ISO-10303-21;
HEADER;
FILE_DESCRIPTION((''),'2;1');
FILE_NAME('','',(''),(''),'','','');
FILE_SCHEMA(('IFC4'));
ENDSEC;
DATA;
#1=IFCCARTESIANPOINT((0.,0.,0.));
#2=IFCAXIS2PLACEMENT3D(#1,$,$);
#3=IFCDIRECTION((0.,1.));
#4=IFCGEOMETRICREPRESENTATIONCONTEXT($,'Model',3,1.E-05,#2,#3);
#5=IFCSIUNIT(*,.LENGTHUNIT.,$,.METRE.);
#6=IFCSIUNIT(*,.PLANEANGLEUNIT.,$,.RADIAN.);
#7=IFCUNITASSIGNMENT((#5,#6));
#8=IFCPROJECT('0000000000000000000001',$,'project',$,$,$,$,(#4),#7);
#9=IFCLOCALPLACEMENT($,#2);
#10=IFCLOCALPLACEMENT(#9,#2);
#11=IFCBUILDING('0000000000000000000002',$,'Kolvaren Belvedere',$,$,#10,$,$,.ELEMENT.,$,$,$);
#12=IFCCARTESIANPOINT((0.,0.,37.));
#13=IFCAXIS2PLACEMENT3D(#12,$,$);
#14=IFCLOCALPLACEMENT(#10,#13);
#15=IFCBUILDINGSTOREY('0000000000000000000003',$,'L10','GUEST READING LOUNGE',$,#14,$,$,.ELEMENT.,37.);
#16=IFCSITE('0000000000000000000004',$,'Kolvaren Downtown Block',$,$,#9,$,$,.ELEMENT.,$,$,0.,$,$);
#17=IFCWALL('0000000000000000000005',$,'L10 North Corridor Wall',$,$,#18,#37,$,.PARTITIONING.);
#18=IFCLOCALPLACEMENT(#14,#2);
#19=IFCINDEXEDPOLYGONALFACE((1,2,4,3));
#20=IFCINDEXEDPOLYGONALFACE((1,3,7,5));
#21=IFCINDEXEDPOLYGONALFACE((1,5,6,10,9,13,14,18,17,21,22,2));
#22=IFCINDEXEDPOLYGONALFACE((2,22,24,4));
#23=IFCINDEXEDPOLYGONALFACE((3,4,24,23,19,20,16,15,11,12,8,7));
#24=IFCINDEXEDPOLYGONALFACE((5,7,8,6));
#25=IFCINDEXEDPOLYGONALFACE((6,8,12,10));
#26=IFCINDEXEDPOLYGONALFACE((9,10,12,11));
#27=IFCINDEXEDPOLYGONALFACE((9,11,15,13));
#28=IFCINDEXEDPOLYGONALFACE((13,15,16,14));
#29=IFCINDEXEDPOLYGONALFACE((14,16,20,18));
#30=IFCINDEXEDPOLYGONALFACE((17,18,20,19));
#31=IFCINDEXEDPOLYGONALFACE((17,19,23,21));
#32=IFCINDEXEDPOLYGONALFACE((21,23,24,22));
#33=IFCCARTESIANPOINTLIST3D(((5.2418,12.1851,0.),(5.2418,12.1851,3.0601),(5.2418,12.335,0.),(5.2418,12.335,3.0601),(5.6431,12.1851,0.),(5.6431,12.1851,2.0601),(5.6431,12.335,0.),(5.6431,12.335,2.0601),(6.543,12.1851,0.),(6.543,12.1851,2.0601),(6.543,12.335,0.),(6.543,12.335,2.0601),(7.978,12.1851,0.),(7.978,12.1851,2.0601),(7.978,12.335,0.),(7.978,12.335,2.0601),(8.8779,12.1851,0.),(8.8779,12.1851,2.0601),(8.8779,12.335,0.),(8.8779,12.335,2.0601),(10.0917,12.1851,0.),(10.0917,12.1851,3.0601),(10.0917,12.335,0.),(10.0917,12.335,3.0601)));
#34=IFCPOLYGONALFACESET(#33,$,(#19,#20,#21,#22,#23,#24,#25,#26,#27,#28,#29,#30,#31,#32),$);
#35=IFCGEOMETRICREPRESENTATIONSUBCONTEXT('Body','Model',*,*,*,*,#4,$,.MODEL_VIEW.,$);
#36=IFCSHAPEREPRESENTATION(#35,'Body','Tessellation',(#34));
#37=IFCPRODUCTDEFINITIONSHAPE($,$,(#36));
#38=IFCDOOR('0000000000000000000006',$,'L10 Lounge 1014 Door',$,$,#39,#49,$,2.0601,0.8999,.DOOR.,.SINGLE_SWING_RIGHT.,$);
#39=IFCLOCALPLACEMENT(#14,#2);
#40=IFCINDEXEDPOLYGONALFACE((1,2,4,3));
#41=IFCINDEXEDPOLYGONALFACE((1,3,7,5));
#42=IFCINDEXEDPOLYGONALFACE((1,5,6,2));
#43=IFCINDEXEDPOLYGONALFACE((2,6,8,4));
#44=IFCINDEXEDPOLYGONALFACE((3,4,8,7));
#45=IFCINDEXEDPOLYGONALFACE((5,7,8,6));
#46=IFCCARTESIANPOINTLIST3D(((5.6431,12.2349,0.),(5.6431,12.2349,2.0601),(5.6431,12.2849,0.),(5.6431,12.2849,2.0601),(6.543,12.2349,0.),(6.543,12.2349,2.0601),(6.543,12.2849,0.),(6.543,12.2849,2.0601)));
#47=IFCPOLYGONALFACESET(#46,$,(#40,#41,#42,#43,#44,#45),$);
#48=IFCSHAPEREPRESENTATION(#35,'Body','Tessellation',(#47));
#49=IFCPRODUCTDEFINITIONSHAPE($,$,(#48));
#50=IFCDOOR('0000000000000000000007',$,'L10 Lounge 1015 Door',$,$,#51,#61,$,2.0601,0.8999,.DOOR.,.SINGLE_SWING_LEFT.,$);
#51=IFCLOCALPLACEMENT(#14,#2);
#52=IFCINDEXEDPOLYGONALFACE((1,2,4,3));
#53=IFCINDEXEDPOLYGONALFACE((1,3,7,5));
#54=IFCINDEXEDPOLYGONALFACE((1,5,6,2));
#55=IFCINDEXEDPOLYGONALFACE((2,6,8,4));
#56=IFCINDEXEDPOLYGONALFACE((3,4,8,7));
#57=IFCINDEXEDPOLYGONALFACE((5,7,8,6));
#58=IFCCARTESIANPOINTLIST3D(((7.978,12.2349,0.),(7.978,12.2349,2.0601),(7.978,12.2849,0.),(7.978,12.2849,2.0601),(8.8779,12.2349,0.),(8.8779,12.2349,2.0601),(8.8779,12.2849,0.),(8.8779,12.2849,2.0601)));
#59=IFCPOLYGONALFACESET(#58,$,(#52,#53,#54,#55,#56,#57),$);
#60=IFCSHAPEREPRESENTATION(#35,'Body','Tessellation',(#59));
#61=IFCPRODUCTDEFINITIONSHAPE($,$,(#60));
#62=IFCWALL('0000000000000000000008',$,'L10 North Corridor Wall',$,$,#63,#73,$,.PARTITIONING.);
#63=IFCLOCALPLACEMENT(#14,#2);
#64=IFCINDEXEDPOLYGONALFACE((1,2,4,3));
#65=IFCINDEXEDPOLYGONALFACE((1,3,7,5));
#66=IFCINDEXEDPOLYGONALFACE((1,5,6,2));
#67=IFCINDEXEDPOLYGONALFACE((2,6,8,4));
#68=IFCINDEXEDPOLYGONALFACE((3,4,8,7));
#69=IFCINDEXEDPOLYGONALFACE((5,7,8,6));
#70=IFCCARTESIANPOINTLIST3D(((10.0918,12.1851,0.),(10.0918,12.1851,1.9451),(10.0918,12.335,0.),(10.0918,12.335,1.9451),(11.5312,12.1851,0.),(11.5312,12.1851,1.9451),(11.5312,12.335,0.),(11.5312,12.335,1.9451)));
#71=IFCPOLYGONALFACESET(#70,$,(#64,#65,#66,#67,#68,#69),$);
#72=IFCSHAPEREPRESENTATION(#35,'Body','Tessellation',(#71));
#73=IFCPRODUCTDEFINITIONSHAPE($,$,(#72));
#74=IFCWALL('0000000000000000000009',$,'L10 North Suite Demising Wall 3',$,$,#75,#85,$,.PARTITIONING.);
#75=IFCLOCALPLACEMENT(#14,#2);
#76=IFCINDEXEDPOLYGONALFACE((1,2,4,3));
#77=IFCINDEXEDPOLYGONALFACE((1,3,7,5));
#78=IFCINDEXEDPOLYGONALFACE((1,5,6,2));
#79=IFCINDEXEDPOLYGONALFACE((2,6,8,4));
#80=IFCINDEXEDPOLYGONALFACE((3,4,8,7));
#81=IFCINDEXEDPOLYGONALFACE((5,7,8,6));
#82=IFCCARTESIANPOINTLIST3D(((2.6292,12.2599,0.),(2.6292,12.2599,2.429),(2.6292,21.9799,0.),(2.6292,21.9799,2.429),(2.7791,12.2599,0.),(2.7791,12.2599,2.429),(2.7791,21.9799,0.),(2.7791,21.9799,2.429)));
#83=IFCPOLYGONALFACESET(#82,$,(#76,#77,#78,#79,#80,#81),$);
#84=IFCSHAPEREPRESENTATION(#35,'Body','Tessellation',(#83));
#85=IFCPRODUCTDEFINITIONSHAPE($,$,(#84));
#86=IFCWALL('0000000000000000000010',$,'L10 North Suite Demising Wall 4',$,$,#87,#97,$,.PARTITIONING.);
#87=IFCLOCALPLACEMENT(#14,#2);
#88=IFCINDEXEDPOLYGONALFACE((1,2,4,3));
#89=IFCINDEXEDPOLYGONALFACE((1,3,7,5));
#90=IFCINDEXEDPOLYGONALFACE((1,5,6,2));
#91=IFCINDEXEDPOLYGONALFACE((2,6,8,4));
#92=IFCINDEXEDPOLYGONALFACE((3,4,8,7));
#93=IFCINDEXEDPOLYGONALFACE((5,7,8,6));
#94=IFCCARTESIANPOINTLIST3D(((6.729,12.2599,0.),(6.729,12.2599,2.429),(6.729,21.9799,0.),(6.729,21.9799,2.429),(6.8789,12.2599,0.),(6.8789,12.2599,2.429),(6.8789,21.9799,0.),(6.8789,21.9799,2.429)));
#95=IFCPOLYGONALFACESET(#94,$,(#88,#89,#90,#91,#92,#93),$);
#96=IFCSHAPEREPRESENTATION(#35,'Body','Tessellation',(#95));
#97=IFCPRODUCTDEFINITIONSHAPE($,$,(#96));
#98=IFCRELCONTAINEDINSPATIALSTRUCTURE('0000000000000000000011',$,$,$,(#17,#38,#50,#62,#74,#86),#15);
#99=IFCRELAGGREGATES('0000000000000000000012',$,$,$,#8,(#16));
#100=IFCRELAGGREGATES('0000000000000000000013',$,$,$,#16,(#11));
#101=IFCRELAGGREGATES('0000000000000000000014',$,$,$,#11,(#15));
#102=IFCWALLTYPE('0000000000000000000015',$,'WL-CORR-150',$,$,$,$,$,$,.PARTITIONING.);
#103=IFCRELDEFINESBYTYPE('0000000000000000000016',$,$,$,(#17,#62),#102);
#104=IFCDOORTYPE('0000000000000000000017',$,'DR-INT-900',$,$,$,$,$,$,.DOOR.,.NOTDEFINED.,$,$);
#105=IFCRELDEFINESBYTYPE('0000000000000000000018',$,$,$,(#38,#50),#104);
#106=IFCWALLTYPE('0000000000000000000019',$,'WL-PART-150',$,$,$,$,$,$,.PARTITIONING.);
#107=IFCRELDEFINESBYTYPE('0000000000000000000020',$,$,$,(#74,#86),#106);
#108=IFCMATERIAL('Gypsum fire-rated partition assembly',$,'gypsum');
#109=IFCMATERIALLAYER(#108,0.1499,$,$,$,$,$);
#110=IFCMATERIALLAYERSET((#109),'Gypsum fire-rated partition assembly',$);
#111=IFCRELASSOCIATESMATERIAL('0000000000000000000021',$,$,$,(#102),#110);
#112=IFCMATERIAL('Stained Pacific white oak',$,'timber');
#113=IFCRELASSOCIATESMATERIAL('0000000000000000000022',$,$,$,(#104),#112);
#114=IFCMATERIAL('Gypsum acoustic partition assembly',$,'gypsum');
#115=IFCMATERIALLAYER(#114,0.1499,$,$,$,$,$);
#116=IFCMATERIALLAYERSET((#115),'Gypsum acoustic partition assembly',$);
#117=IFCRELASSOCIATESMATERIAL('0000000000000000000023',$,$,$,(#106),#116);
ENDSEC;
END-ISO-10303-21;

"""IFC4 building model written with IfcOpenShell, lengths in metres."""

from ifc_helpers import new_model, si_unit, direction, frame, frame_2d, origin, place, context, subcontext, project, spatial, rectangle, extrude, material, layer, layer_set, type_object, element, fill, save


model = new_model("IFC4")

# Units and contexts
model_context = context("Model", 3, precision=1e-05, world=origin(), true_north=direction((0.0, 1.0)))
body_context = subcontext(model_context, "Body", "Model", "MODEL_VIEW")
ifc_project = project(units=[si_unit("LENGTHUNIT", "METRE"), si_unit("PLANEANGLEUNIT", "RADIAN")], contexts=[model_context])

# Site, building, storey
site_placement = place(None, origin())
site = spatial("IfcSite", under=ifc_project, at=site_placement, Name="Kolvaren Downtown Block", CompositionType="ELEMENT", RefElevation=0.0)
building_placement = place(site_placement, origin())
building = spatial("IfcBuilding", under=site, at=building_placement, Name="Kolvaren Belvedere", CompositionType="ELEMENT")
storey_placement = place(building_placement, frame((0.0, 0.0, 37.0)))
storey = spatial("IfcBuildingStorey", under=building, at=storey_placement, Name="L10", Description="GUEST READING LOUNGE", CompositionType="ELEMENT", Elevation=37.0)

# Shared definitions
ifc_material_1 = material(Name="Gypsum fire-rated partition assembly", Category="gypsum")
ifc_layer_1 = layer(ifc_material_1, 0.1499)
ifc_layer_set_1 = layer_set([ifc_layer_1], Name="Gypsum fire-rated partition assembly")
wall_type_1 = type_object("IfcWallType", Name="WL-CORR-150", PredefinedType="PARTITIONING", material=ifc_layer_set_1)

# Wall, openings, doors
wall_1_placement = place(storey_placement, frame((5.2419, 12.26, 0.0), z_axis=(0.0, 0.0, 1.0), x_axis=(1.0, 0.0, 0.0)))
wall_1 = element("IfcWall", 1, at=wall_1_placement, inside=storey, type_object=wall_type_1, Name="L10 North Corridor Wall", PredefinedType="PARTITIONING", context=body_context, shape_type="SweptSolid", body=[
    extrude(rectangle(XDim=4.8499, YDim=0.1499, at=frame_2d((2.4248, 0.0))), origin(), (0.0, 0.0, 1.0), 3.0601),
])
opening_1_placement = place(wall_1_placement, frame((0.4011, 0.0, 0.0)))
opening_1 = element("IfcOpeningElement", 2, at=opening_1_placement, cuts=wall_1, PredefinedType="OPENING", context=body_context, shape_type="SweptSolid", body=[
    extrude(rectangle(XDim=0.8999, YDim=2.0601, at=frame_2d((0.45, 1.03))), frame((0.0, 0.085, 0.0), z_axis=(0.0, -1.0, 0.0), x_axis=(1.0, 0.0, 0.0)), (0.0, 0.0, 1.0), 0.1699),
])
opening_2_placement = place(wall_1_placement, frame((2.7361, 0.0, 0.0)))
opening_2 = element("IfcOpeningElement", 3, at=opening_2_placement, cuts=wall_1, PredefinedType="OPENING", context=body_context, shape_type="SweptSolid", body=[
    extrude(rectangle(XDim=0.8999, YDim=2.0601, at=frame_2d((0.45, 1.03))), frame((0.0, 0.085, 0.0), z_axis=(0.0, -1.0, 0.0), x_axis=(1.0, 0.0, 0.0)), (0.0, 0.0, 1.0), 0.1699),
])
ifc_material_2 = material(Name="Stained Pacific white oak", Category="timber")
door_type = type_object("IfcDoorType", Name="DR-INT-900", OperationType="NOTDEFINED", PredefinedType="DOOR", material=ifc_material_2)
door_1_placement = place(opening_1_placement, origin())
door_1 = element("IfcDoor", 4, at=door_1_placement, inside=storey, type_object=door_type, Name="L10 Lounge 1014 Door", OperationType="SINGLE_SWING_RIGHT", OverallHeight=2.0601, OverallWidth=0.8999, PredefinedType="DOOR", context=body_context, shape_type="SweptSolid", body=[
    extrude(rectangle(XDim=0.8999, YDim=2.0601, at=frame_2d((0.45, 1.03))), frame((0.0, 0.0249, 0.0), z_axis=(0.0, -1.0, 0.0), x_axis=(1.0, 0.0, 0.0)), (0.0, 0.0, 1.0), 0.05),
])
fill(opening_1, door_1)
door_2_placement = place(opening_2_placement, origin())
door_2 = element("IfcDoor", 5, at=door_2_placement, inside=storey, type_object=door_type, Name="L10 Lounge 1015 Door", OperationType="SINGLE_SWING_LEFT", OverallHeight=2.0601, OverallWidth=0.8999, PredefinedType="DOOR", context=body_context, shape_type="SweptSolid", body=[
    extrude(rectangle(XDim=0.8999, YDim=2.0601, at=frame_2d((0.45, 1.03))), frame((0.0, 0.0249, 0.0), z_axis=(0.0, -1.0, 0.0), x_axis=(1.0, 0.0, 0.0)), (0.0, 0.0, 1.0), 0.05),
])
fill(opening_2, door_2)

# Walls
wall_2_placement = place(storey_placement, frame((10.0918, 12.26, 0.0), z_axis=(0.0, 0.0, 1.0), x_axis=(1.0, 0.0, 0.0)))
element("IfcWall", 6, at=wall_2_placement, inside=storey, type_object=wall_type_1, Name="L10 North Corridor Wall", PredefinedType="PARTITIONING", context=body_context, shape_type="SweptSolid", body=[
    extrude(rectangle(XDim=1.4395, YDim=0.1499, at=frame_2d((0.7197, 0.0))), origin(), (0.0, 0.0, 1.0), 1.9451),
])
ifc_material_3 = material(Name="Gypsum acoustic partition assembly", Category="gypsum")
ifc_layer_2 = layer(ifc_material_3, 0.1499)
ifc_layer_set_2 = layer_set([ifc_layer_2], Name="Gypsum acoustic partition assembly")
wall_type_2 = type_object("IfcWallType", Name="WL-PART-150", PredefinedType="PARTITIONING", material=ifc_layer_set_2)
for number, where, z_axis, x_axis, name in (
    (7, (2.7041, 12.26, 0.0), (0.0, 0.0, 1.0), (0.0, 1.0, 0.0), "L10 North Suite Demising Wall 3"),
    (8, (6.804, 12.26, 0.0), (0.0, 0.0, 1.0), (0.0, 1.0, 0.0), "L10 North Suite Demising Wall 4"),
):
    element("IfcWall", number, at=place(storey_placement, frame(where, z_axis=z_axis, x_axis=x_axis)), inside=storey, type_object=wall_type_2, Name=name, PredefinedType="PARTITIONING", context=body_context, shape_type="SweptSolid", body=[
        extrude(rectangle(XDim=9.72, YDim=0.1499, at=frame_2d((4.8599, 0.0))), origin(), (0.0, 0.0, 1.0), 2.429),
    ])

save(model, "model.ifc")
